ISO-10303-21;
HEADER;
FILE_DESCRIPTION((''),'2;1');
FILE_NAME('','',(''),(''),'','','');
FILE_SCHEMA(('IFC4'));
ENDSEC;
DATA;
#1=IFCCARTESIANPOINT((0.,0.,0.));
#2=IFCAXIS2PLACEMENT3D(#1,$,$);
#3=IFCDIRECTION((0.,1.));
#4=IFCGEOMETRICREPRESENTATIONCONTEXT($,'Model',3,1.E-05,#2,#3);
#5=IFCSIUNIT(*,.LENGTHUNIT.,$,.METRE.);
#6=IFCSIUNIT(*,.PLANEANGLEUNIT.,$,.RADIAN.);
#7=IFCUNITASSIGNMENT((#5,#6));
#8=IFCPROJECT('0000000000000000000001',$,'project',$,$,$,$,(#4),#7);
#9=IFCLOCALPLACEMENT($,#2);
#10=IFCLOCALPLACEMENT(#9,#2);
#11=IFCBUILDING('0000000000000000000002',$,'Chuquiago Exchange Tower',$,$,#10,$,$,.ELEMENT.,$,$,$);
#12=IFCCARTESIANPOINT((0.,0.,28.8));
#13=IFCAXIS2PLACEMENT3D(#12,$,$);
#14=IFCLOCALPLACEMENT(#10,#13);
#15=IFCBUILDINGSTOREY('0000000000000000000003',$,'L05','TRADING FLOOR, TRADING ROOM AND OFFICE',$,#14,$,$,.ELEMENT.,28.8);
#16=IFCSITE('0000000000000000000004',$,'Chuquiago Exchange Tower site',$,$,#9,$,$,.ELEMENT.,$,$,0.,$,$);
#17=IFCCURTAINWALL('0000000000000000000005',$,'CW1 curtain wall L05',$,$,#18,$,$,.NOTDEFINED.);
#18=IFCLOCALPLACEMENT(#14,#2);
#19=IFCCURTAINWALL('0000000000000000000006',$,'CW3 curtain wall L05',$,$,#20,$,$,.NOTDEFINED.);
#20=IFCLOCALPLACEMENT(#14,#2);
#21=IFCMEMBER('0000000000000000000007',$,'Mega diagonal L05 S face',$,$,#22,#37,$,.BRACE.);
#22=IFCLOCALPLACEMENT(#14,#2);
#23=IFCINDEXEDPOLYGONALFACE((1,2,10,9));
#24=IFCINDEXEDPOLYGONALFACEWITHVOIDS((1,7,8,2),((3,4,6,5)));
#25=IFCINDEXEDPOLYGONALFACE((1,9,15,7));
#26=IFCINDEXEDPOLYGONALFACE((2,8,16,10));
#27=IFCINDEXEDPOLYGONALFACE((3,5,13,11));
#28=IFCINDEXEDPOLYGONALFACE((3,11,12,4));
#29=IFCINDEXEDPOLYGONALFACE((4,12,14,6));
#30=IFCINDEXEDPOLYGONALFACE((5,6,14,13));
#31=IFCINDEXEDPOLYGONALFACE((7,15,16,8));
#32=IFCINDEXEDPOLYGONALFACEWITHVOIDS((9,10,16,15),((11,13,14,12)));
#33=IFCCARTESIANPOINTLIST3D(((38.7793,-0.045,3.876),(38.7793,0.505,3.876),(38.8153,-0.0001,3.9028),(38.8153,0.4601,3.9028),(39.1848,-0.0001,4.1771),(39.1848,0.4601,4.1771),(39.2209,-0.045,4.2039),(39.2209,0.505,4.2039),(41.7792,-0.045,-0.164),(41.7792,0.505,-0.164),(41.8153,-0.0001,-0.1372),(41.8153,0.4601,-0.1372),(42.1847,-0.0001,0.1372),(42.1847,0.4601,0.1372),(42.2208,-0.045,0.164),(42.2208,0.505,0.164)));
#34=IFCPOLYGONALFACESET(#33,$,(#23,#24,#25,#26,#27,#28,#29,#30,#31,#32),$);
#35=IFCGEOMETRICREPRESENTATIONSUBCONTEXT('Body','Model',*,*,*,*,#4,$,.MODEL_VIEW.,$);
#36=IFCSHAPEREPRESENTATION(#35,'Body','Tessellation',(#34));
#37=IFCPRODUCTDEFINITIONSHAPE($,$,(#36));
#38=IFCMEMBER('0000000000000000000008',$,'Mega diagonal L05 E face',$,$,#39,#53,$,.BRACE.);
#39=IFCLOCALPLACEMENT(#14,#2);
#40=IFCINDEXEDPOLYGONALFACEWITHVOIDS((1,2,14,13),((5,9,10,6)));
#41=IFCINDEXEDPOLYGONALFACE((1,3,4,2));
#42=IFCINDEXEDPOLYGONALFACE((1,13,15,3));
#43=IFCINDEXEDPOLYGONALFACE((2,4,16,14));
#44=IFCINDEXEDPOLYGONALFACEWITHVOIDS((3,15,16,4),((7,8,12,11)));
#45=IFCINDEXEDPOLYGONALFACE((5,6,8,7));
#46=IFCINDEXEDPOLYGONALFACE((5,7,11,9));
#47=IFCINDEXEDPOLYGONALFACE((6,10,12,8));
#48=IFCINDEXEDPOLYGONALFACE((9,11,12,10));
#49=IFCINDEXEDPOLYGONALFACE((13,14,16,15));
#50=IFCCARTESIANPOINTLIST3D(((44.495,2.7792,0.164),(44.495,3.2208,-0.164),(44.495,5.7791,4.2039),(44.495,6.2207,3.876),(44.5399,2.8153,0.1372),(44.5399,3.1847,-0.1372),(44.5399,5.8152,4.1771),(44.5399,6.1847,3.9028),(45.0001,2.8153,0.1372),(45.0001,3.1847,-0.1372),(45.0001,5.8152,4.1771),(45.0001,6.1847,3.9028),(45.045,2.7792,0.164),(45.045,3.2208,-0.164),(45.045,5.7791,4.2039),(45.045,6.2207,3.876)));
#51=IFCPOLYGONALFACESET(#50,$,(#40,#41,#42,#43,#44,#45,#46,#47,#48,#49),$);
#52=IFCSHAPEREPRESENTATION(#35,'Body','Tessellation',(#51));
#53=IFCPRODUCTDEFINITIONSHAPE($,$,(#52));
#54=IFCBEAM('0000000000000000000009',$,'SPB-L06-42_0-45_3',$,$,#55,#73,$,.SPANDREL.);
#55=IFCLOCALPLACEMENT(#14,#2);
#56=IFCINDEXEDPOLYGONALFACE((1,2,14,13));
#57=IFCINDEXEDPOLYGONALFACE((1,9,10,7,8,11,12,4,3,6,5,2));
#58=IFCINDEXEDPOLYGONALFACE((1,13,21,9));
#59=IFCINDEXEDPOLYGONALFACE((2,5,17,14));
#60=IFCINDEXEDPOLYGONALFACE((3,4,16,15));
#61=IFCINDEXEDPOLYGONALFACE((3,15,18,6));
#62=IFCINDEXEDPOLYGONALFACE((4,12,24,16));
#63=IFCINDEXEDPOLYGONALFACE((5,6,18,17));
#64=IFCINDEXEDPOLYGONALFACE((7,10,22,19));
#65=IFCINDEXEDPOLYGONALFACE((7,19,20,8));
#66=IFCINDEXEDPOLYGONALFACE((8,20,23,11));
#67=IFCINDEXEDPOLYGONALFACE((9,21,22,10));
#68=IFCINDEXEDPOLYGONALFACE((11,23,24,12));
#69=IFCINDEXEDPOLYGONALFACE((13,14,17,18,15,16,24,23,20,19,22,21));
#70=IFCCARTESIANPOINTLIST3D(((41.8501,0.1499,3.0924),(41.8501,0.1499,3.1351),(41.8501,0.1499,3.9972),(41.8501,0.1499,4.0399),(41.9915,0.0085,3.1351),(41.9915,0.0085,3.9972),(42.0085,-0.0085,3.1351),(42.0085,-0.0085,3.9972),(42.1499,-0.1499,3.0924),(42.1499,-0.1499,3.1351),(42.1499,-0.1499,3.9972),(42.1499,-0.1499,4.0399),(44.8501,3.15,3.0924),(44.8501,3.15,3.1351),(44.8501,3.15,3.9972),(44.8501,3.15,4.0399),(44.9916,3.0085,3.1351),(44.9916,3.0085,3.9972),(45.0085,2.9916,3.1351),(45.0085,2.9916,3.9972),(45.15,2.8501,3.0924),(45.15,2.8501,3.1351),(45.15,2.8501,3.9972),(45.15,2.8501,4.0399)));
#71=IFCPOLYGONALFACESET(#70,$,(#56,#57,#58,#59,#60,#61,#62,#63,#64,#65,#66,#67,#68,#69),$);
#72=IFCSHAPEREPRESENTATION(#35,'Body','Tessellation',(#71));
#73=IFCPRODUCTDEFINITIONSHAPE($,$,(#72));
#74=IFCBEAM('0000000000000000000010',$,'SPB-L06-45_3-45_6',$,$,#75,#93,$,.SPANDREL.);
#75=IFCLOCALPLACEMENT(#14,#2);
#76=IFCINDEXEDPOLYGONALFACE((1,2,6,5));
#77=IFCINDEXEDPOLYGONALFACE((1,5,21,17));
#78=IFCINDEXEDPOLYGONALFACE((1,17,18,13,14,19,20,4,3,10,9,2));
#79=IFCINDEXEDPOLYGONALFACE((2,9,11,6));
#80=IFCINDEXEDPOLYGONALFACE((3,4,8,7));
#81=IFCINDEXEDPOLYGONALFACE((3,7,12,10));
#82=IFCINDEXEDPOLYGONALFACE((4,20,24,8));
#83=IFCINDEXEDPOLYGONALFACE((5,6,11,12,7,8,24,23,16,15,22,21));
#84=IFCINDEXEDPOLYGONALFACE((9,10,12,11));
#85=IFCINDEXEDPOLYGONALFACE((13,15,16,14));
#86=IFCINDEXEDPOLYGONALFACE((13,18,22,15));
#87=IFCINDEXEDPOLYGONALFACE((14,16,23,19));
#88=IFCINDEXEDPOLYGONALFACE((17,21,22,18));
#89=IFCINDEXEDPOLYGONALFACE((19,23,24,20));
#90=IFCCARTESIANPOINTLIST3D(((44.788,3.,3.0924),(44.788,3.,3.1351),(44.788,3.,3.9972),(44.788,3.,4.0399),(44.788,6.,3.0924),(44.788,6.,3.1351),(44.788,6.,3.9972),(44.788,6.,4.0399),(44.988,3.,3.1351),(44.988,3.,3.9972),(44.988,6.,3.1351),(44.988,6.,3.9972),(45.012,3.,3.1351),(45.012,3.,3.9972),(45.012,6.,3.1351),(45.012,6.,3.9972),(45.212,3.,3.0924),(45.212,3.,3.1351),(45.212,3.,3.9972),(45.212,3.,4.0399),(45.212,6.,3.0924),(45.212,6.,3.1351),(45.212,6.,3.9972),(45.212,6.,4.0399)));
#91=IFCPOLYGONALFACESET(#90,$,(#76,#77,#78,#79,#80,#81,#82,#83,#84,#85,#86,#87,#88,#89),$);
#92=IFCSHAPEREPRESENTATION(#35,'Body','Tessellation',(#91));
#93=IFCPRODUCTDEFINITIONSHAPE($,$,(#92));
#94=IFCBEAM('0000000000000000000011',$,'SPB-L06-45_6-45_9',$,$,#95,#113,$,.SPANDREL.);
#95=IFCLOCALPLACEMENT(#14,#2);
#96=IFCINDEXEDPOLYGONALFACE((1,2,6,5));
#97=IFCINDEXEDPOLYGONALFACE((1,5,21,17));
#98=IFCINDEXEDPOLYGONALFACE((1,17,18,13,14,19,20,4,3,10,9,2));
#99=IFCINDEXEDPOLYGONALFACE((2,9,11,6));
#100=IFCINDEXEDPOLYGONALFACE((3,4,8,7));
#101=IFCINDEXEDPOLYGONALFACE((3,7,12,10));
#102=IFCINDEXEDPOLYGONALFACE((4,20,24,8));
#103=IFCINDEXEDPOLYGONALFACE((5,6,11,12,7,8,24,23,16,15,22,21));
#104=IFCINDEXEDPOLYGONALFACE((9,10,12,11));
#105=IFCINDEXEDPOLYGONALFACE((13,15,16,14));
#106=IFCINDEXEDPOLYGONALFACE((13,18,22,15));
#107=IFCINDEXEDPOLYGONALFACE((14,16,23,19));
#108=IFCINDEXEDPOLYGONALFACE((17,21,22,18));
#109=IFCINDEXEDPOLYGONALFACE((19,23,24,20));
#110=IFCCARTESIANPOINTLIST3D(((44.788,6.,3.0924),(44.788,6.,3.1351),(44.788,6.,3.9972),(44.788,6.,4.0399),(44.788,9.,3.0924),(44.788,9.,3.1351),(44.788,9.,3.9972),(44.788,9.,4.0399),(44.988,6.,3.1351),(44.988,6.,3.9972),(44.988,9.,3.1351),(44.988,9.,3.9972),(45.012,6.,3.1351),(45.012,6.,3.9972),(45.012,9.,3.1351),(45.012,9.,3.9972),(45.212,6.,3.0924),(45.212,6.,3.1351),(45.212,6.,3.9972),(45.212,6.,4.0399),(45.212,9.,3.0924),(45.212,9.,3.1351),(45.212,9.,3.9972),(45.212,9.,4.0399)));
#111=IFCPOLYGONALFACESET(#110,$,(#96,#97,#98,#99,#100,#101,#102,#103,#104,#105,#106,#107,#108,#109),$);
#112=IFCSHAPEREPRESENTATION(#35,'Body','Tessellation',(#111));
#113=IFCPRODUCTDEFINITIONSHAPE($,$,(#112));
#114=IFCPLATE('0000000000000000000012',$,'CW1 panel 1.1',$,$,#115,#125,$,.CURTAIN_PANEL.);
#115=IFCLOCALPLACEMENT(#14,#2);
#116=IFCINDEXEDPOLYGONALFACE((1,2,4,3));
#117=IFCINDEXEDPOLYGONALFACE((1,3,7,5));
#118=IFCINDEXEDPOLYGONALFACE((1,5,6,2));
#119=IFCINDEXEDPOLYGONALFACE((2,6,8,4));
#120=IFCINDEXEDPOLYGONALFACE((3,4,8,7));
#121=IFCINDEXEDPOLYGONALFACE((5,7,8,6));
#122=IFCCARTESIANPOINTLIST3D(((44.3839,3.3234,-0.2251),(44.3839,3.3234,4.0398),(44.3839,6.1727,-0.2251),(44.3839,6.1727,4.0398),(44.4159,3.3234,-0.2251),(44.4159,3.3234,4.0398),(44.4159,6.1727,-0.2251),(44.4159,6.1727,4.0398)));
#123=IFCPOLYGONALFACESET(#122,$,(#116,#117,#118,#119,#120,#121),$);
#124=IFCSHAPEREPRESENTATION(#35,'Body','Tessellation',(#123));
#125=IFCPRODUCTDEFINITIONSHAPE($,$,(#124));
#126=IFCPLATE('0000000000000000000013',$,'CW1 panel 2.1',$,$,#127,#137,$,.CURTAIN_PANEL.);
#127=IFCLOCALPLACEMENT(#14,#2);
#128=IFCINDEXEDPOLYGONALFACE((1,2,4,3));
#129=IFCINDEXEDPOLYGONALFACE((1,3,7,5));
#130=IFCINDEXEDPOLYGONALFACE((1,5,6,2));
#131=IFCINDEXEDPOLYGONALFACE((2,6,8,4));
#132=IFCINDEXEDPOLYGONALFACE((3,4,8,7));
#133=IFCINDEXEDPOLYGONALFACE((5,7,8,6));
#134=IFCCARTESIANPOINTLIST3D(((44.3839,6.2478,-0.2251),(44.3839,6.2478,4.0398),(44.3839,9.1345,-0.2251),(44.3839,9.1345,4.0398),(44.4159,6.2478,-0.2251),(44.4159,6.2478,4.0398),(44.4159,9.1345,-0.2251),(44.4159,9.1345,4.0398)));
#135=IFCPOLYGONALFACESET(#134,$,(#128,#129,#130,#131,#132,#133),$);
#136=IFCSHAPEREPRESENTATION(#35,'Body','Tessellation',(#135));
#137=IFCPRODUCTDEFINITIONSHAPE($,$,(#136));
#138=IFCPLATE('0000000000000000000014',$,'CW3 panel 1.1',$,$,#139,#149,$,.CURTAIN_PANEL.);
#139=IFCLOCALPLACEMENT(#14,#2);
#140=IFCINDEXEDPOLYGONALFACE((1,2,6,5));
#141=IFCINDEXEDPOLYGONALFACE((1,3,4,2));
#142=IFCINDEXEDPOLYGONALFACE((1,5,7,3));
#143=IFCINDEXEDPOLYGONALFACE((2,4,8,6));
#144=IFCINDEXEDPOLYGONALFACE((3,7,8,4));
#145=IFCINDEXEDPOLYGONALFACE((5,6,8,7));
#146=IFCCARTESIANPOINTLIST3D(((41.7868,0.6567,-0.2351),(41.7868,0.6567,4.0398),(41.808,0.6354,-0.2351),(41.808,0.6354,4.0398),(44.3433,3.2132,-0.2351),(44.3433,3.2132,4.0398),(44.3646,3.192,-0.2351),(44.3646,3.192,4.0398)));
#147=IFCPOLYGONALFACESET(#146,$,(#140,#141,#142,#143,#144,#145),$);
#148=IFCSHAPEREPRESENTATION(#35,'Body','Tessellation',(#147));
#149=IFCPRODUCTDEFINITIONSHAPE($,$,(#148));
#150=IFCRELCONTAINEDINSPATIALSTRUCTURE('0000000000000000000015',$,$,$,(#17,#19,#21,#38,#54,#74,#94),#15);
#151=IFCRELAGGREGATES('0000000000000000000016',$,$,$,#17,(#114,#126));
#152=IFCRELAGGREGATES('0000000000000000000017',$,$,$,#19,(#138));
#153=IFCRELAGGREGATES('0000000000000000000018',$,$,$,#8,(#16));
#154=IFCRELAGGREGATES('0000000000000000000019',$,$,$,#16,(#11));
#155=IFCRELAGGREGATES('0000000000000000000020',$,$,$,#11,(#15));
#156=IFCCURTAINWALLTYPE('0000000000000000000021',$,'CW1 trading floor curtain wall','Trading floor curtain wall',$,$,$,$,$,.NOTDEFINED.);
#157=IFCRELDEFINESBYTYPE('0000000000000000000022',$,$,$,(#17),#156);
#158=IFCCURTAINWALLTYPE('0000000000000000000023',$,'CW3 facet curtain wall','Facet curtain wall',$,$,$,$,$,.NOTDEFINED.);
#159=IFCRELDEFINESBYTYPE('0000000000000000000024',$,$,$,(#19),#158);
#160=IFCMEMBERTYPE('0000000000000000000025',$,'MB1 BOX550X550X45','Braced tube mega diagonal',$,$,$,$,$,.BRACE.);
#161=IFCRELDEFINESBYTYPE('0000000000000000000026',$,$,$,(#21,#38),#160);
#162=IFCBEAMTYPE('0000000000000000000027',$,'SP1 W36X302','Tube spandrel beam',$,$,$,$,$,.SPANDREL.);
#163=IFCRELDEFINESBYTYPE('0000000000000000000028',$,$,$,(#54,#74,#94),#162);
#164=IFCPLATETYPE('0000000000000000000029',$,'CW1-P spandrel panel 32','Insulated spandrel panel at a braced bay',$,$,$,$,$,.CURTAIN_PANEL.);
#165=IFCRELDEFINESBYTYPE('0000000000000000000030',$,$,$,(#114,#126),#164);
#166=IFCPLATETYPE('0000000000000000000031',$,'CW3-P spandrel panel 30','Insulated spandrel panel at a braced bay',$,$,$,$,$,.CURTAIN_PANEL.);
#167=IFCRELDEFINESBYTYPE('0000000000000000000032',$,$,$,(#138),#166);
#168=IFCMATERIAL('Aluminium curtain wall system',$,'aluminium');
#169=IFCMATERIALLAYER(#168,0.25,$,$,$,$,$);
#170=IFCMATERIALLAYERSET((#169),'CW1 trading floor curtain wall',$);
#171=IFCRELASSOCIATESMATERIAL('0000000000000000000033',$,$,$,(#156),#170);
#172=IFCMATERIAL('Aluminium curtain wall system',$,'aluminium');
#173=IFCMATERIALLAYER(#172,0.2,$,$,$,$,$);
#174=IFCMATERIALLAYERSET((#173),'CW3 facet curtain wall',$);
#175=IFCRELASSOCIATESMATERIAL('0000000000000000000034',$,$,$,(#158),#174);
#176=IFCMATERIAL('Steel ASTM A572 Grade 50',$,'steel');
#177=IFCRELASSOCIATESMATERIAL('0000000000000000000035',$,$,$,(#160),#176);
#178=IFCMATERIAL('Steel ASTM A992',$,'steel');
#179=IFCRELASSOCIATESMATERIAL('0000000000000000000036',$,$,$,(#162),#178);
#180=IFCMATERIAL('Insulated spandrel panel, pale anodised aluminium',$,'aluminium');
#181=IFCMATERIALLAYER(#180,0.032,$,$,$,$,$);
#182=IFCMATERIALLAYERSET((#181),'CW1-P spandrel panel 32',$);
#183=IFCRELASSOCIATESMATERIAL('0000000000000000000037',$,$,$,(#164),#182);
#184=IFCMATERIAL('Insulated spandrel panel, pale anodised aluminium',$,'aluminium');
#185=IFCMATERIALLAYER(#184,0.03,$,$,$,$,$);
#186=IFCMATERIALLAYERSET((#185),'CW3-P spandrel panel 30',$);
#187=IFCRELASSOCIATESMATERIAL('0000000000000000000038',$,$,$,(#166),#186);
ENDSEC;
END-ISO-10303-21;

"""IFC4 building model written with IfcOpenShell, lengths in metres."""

from ifc_helpers import new_model, si_unit, direction, frame, origin, origin_2d, place, context, subcontext, project, spatial, rectangle, hollow_rectangle, i_section, extrude, material, layer, layer_set, material_profile, profile_set, type_object, element, aggregate, save


model = new_model("IFC4")

# Units and contexts
model_context = context("Model", 3, precision=1e-05, world=origin(), true_north=direction((0.0, 1.0)))
body_context = subcontext(model_context, "Body", "Model", "MODEL_VIEW")
ifc_project = project(units=[si_unit("LENGTHUNIT", "METRE"), si_unit("PLANEANGLEUNIT", "RADIAN")], contexts=[model_context])

# Site, building, storey
site_placement = place(None, origin())
site = spatial("IfcSite", under=ifc_project, at=site_placement, Name="Chuquiago Exchange Tower site", CompositionType="ELEMENT", RefElevation=0.0)
building_placement = place(site_placement, origin())
building = spatial("IfcBuilding", under=site, at=building_placement, Name="Chuquiago Exchange Tower", CompositionType="ELEMENT")
storey_placement = place(building_placement, frame((0.0, 0.0, 28.8)))
storey = spatial("IfcBuildingStorey", under=building, at=storey_placement, Name="L05", Description="TRADING FLOOR, TRADING ROOM AND OFFICE", CompositionType="ELEMENT", Elevation=28.8)

# Curtain walls
ifc_material_1 = material(Name="Aluminium curtain wall system", Category="aluminium")
ifc_layer_1 = layer(ifc_material_1, 0.25)
ifc_layer_set_1 = layer_set([ifc_layer_1], Name="CW1 trading floor curtain wall")
curtain_wall_type_1 = type_object("IfcCurtainWallType", Name="CW1 trading floor curtain wall", Description="Trading floor curtain wall", PredefinedType="NOTDEFINED", material=ifc_layer_set_1)
curtain_wall_1_placement = place(storey_placement, origin())
curtain_wall_1 = element("IfcCurtainWall", 1, at=curtain_wall_1_placement, inside=storey, type_object=curtain_wall_type_1, Name="CW1 curtain wall L05", PredefinedType="NOTDEFINED")
ifc_material_2 = material(Name="Aluminium curtain wall system", Category="aluminium")
ifc_layer_2 = layer(ifc_material_2, 0.2)
ifc_layer_set_2 = layer_set([ifc_layer_2], Name="CW3 facet curtain wall")
curtain_wall_type_2 = type_object("IfcCurtainWallType", Name="CW3 facet curtain wall", Description="Facet curtain wall", PredefinedType="NOTDEFINED", material=ifc_layer_set_2)
curtain_wall_2_placement = place(storey_placement, origin())
curtain_wall_2 = element("IfcCurtainWall", 2, at=curtain_wall_2_placement, inside=storey, type_object=curtain_wall_type_2, Name="CW3 curtain wall L05", PredefinedType="NOTDEFINED")

# Members
ifc_material_3 = material(Name="Steel ASTM A572 Grade 50", Category="steel")
ifc_material_profile_1 = material_profile(ifc_material_3, hollow_rectangle(XDim=0.55, YDim=0.55, WallThickness=0.0449, at=origin_2d()), Name="BOX550X550X45")
ifc_profile_set_1 = profile_set([ifc_material_profile_1], Name="Steel ASTM A572 Grade 50")
member_type_1 = type_object("IfcMemberType", Name="MB1 BOX550X550X45", Description="Braced tube mega diagonal", PredefinedType="BRACE", material=ifc_profile_set_1)
for number, where, z_axis, x_axis, name in (
    (3, (42.0, 0.23, 0.0), (-0.596174, 0.0, 0.802855), (0.0, -1.0, 0.0), "Mega diagonal L05 S face"),
    (4, (44.77, 3.0, 0.0), (0.0, 0.596174, 0.802855), (-1.0, 0.0, 0.0), "Mega diagonal L05 E face"),
):
    element("IfcMember", number, at=place(storey_placement, frame(where, z_axis=z_axis, x_axis=x_axis)), inside=storey, type_object=member_type_1, Name=name, PredefinedType="BRACE", context=body_context, shape_type="SweptSolid", body=[
        extrude(hollow_rectangle(XDim=0.55, YDim=0.55, WallThickness=0.0449, at=origin_2d()), origin(), (0.0, 0.0, 1.0), 5.032),
    ])

# Beams
ifc_material_4 = material(Name="Steel ASTM A992", Category="steel")
ifc_material_profile_2 = material_profile(ifc_material_4, i_section(OverallWidth=0.4241, OverallDepth=0.9475, WebThickness=0.0239, FlangeThickness=0.0427, at=origin_2d()), Name="W36X302")
ifc_profile_set_2 = profile_set([ifc_material_profile_2], Name="Steel ASTM A992")
beam_type = type_object("IfcBeamType", Name="SP1 W36X302", Description="Tube spandrel beam", PredefinedType="SPANDREL", material=ifc_profile_set_2)
beam_placement = place(storey_placement, frame((42.0, 0.0, 3.5662), z_axis=(0.707107, 0.707107, 0.0), x_axis=(-0.707107, 0.707107, 0.0)))
element("IfcBeam", 5, at=beam_placement, inside=storey, type_object=beam_type, Name="SPB-L06-42_0-45_3", PredefinedType="SPANDREL", context=body_context, shape_type="SweptSolid", body=[
    extrude(i_section(OverallWidth=0.4241, OverallDepth=0.9475, WebThickness=0.0239, FlangeThickness=0.0427, at=origin_2d()), origin(), (0.0, 0.0, 1.0), 4.2427),
])
for number, where, z_axis, x_axis, name in (
    (6, (45.0, 3.0, 3.5662), (0.0, 1.0, 0.0), (-1.0, 0.0, 0.0), "SPB-L06-45_3-45_6"),
    (7, (45.0, 6.0, 3.5662), (0.0, 1.0, 0.0), (-1.0, 0.0, 0.0), "SPB-L06-45_6-45_9"),
):
    element("IfcBeam", number, at=place(storey_placement, frame(where, z_axis=z_axis, x_axis=x_axis)), inside=storey, type_object=beam_type, Name=name, PredefinedType="SPANDREL", context=body_context, shape_type="SweptSolid", body=[
        extrude(i_section(OverallWidth=0.4241, OverallDepth=0.9475, WebThickness=0.0239, FlangeThickness=0.0427, at=origin_2d()), origin(), (0.0, 0.0, 1.0), 3.0),
    ])

# Plates
ifc_material_5 = material(Name="Insulated spandrel panel, pale anodised aluminium", Category="aluminium")
ifc_layer_3 = layer(ifc_material_5, 0.032)
ifc_layer_set_3 = layer_set([ifc_layer_3], Name="CW1-P spandrel panel 32")
plate_type_1 = type_object("IfcPlateType", Name="CW1-P spandrel panel 32", Description="Insulated spandrel panel at a braced bay", PredefinedType="CURTAIN_PANEL", material=ifc_layer_set_3)
plate_1_placement = place(storey_placement, frame((44.3999, 4.748, -0.2251), z_axis=(0.0, 0.0, 1.0), x_axis=(0.0, 1.0, 0.0)))
plate_1 = element("IfcPlate", 8, at=plate_1_placement, type_object=plate_type_1, Name="CW1 panel 1.1", PredefinedType="CURTAIN_PANEL", context=body_context, shape_type="SweptSolid", body=[
    extrude(rectangle(XDim=2.8494, YDim=0.032, at=origin_2d()), origin(), (0.0, 0.0, 1.0), 4.2649),
])
plate_2_placement = place(storey_placement, frame((44.3999, 7.6912, -0.2251), z_axis=(0.0, 0.0, 1.0), x_axis=(0.0, 1.0, 0.0)))
plate_2 = element("IfcPlate", 9, at=plate_2_placement, type_object=plate_type_1, Name="CW1 panel 2.1", PredefinedType="CURTAIN_PANEL", context=body_context, shape_type="SweptSolid", body=[
    extrude(rectangle(XDim=2.8867, YDim=0.032, at=origin_2d()), origin(), (0.0, 0.0, 1.0), 4.2649),
])
aggregate(curtain_wall_1, [plate_1, plate_2])
ifc_material_6 = material(Name="Insulated spandrel panel, pale anodised aluminium", Category="aluminium")
ifc_layer_4 = layer(ifc_material_6, 0.03)
ifc_layer_set_4 = layer_set([ifc_layer_4], Name="CW3-P spandrel panel 30")
plate_type_2 = type_object("IfcPlateType", Name="CW3-P spandrel panel 30", Description="Insulated spandrel panel at a braced bay", PredefinedType="CURTAIN_PANEL", material=ifc_layer_set_4)
plate_3_placement = place(storey_placement, frame((43.0757, 1.9243, -0.2351), z_axis=(0.0, 0.0, 1.0), x_axis=(0.707107, 0.707107, 0.0)))
plate_3 = element("IfcPlate", 10, at=plate_3_placement, type_object=plate_type_2, Name="CW3 panel 1.1", PredefinedType="CURTAIN_PANEL", context=body_context, shape_type="SweptSolid", body=[
    extrude(rectangle(XDim=3.6155, YDim=0.03, at=origin_2d()), origin(), (0.0, 0.0, 1.0), 4.2749),
])
aggregate(curtain_wall_2, [plate_3])

save(model, "model.ifc")
